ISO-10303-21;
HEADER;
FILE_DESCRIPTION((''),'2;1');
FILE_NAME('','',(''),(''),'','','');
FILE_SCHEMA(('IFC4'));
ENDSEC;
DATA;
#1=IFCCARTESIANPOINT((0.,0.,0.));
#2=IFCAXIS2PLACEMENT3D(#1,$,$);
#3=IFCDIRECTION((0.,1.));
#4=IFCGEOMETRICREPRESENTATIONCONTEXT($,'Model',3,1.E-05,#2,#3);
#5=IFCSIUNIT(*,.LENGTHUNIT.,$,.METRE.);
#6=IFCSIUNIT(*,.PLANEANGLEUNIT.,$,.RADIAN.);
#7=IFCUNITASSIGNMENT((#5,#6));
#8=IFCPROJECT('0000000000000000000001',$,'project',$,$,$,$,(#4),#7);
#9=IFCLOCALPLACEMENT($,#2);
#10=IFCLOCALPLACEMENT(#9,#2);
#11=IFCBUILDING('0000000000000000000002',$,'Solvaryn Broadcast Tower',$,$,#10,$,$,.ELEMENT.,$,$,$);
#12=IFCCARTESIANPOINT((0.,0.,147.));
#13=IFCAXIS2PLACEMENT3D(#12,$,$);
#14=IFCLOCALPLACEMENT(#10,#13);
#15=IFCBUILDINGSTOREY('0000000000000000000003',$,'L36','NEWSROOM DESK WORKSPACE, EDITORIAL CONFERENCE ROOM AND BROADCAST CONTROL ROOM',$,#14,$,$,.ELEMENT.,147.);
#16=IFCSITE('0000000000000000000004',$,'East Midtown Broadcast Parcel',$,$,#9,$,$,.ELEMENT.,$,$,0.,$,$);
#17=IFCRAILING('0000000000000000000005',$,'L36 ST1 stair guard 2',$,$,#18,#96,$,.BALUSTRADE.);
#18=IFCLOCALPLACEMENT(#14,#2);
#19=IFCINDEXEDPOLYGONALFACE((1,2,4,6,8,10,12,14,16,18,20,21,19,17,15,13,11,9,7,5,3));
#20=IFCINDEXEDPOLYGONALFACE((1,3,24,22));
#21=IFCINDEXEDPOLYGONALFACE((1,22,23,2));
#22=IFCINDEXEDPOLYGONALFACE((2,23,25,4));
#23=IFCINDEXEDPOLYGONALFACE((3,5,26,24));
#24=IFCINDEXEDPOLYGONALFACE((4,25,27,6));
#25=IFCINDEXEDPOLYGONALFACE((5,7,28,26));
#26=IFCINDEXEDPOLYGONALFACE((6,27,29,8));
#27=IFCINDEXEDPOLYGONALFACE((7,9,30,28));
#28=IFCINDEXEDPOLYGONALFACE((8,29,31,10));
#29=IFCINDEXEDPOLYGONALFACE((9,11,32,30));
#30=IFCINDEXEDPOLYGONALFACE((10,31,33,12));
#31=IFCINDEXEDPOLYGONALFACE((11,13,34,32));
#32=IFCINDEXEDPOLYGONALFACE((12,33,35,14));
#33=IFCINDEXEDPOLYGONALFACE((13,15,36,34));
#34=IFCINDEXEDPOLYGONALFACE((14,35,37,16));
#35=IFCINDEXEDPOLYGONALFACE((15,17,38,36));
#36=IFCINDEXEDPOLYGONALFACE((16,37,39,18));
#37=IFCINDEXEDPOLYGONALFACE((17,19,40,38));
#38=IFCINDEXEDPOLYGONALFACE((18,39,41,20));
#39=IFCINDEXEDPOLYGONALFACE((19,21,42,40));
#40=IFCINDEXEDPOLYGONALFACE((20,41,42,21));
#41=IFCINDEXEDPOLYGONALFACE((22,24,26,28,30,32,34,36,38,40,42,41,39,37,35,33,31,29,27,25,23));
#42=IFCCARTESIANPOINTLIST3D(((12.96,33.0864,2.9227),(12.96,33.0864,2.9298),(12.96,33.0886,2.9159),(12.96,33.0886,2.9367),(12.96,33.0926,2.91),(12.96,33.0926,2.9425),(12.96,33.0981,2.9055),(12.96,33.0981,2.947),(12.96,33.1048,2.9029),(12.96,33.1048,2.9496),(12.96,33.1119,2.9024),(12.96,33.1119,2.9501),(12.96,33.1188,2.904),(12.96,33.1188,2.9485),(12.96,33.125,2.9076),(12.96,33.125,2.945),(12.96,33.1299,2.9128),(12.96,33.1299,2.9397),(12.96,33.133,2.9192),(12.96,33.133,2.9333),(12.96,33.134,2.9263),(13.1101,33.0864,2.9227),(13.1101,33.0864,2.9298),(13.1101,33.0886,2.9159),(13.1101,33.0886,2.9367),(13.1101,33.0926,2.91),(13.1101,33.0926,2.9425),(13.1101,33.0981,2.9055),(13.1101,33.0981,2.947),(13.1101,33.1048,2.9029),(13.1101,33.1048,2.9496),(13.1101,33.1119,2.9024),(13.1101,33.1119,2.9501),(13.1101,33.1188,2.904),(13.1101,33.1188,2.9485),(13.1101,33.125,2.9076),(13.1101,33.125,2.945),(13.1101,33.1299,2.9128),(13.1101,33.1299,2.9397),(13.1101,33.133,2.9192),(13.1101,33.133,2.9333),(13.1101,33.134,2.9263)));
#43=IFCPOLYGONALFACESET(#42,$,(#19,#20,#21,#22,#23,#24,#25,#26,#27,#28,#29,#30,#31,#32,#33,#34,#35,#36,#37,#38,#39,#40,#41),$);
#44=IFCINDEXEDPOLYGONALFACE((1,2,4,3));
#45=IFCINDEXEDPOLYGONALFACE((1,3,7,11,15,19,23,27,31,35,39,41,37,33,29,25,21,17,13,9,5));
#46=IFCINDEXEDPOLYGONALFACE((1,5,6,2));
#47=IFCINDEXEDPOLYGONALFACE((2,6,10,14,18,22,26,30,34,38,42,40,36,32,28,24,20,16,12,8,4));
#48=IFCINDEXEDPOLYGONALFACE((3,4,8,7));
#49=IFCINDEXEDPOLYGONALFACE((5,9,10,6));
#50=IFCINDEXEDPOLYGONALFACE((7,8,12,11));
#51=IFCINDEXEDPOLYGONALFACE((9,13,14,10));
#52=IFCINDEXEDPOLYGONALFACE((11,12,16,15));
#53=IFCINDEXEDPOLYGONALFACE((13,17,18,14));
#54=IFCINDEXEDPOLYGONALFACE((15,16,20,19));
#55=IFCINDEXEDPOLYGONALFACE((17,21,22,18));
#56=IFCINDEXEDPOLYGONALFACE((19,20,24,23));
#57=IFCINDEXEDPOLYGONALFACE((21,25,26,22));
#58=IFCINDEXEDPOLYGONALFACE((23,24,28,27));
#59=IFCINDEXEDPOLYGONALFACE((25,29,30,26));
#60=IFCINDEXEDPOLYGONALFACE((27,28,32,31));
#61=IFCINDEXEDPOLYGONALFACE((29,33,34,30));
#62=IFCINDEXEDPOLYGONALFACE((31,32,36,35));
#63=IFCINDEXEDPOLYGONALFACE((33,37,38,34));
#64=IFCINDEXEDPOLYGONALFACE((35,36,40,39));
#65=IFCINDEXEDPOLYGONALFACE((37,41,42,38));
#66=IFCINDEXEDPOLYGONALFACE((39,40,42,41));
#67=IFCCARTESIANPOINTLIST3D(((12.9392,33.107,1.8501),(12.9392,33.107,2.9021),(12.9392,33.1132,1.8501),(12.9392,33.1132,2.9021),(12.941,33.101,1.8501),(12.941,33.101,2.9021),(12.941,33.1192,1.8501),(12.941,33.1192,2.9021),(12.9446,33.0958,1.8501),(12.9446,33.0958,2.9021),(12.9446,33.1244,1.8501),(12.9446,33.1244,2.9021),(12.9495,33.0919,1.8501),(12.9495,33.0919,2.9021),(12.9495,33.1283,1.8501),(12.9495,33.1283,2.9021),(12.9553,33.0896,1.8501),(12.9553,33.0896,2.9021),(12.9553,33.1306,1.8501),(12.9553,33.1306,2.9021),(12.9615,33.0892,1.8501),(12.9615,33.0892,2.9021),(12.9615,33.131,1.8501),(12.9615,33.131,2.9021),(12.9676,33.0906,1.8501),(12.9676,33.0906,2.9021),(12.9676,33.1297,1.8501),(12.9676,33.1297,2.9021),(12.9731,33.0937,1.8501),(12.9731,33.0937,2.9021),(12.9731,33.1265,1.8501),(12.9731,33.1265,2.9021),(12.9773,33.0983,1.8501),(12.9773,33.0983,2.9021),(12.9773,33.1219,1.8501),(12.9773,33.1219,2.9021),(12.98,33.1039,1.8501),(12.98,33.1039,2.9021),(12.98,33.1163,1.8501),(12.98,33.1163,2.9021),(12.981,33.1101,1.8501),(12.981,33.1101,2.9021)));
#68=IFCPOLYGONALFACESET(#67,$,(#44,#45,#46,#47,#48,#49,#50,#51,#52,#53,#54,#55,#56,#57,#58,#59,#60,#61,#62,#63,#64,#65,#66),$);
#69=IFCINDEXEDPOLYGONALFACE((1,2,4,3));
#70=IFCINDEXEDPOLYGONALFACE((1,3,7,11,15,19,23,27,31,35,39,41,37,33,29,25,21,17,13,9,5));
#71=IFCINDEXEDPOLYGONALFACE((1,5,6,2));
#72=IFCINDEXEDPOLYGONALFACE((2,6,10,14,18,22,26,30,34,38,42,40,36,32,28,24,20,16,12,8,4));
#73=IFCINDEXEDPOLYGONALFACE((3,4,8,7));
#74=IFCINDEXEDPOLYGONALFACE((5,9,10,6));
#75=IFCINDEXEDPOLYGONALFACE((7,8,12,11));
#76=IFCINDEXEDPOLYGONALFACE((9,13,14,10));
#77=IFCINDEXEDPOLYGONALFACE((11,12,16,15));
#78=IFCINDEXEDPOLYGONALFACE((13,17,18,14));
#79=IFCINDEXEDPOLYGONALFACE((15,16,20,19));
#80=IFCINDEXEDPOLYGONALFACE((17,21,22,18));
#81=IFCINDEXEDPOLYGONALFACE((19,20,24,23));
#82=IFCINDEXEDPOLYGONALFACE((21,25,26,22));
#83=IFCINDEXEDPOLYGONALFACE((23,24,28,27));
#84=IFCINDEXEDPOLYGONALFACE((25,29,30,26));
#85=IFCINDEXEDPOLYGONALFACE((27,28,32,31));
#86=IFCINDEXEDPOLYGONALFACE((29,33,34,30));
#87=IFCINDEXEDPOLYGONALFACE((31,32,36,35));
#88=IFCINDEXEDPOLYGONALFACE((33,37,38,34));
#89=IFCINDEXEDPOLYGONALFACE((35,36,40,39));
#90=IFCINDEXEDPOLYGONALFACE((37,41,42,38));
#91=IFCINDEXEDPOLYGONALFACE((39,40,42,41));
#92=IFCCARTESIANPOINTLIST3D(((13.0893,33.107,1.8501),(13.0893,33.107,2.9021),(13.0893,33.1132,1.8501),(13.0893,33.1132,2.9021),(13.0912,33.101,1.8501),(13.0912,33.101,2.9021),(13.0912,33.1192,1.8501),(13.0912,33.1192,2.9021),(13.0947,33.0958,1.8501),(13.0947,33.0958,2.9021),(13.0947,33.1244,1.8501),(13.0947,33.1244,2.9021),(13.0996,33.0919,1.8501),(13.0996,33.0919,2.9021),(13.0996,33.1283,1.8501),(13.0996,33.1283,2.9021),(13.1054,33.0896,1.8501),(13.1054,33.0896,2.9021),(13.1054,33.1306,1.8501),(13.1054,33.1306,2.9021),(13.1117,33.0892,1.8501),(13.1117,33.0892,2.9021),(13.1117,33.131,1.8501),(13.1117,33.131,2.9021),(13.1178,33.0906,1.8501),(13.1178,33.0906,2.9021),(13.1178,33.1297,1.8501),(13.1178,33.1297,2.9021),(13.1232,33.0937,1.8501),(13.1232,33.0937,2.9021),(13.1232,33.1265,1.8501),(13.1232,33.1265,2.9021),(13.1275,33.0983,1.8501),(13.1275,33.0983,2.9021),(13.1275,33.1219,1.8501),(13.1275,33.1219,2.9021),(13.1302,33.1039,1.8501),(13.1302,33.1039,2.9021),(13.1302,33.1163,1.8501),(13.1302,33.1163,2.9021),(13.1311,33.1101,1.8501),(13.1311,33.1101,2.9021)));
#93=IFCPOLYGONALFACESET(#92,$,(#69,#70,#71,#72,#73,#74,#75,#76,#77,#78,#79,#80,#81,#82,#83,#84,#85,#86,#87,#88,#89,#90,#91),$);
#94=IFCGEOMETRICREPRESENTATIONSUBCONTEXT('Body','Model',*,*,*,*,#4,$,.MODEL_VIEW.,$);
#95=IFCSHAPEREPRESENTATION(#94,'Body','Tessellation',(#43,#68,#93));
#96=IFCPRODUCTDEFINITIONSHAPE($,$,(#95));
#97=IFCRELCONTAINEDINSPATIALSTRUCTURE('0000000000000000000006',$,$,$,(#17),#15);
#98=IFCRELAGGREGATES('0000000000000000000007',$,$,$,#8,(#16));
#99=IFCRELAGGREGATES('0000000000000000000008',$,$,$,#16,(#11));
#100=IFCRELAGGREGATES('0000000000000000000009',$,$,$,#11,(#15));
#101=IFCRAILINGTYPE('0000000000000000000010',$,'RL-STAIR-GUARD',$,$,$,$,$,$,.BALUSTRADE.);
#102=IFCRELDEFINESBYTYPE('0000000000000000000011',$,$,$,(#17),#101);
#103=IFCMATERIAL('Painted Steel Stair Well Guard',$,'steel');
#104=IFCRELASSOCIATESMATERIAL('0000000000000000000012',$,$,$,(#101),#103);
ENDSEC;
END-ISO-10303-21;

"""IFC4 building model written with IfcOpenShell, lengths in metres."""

from ifc_helpers import new_model, si_unit, direction, frame, origin, origin_2d, place, context, subcontext, project, spatial, circle, extrude, material, type_object, element, save


model = new_model("IFC4")

# Units and contexts
model_context = context("Model", 3, precision=1e-05, world=origin(), true_north=direction((0.0, 1.0)))
body_context = subcontext(model_context, "Body", "Model", "MODEL_VIEW")
ifc_project = project(units=[si_unit("LENGTHUNIT", "METRE"), si_unit("PLANEANGLEUNIT", "RADIAN")], contexts=[model_context])

# Site, building, storey
site_placement = place(None, origin())
site = spatial("IfcSite", under=ifc_project, at=site_placement, Name="East Midtown Broadcast Parcel", CompositionType="ELEMENT", RefElevation=0.0)
building_placement = place(site_placement, origin())
building = spatial("IfcBuilding", under=site, at=building_placement, Name="Solvaryn Broadcast Tower", CompositionType="ELEMENT")
storey_placement = place(building_placement, frame((0.0, 0.0, 147.0)))
storey = spatial("IfcBuildingStorey", under=building, at=storey_placement, Name="L36", Description="NEWSROOM DESK WORKSPACE, EDITORIAL CONFERENCE ROOM AND BROADCAST CONTROL ROOM", CompositionType="ELEMENT", Elevation=147.0)

# Railing
ifc_material_1 = material(Name="Painted Steel Stair Well Guard", Category="steel")
railing_type_1 = type_object("IfcRailingType", Name="RL-STAIR-GUARD", PredefinedType="BALUSTRADE", material=ifc_material_1)
railing_1_placement = place(storey_placement, frame((12.96, 33.1101, 1.8501)))
element("IfcRailing", 1, at=railing_1_placement, inside=storey, type_object=railing_type_1, Name="L36 ST1 stair guard 2", PredefinedType="BALUSTRADE", context=body_context, shape_type="SweptSolid", body=[
    extrude(circle(Radius=0.0239, at=origin_2d()), frame((0.0, 0.0, 1.0762), z_axis=(1.0, 0.0, 0.0), x_axis=(0.0, 1.0, 0.0)), (0.0, 0.0, 1.0), 0.1501),
    extrude(circle(Radius=0.021, at=origin_2d()), origin(), (0.0, 0.0, 1.0), 1.052),
    extrude(circle(Radius=0.021, at=origin_2d()), frame((0.1501, 0.0, 0.0)), (0.0, 0.0, 1.0), 1.052),
])

save(model, "model.ifc")
